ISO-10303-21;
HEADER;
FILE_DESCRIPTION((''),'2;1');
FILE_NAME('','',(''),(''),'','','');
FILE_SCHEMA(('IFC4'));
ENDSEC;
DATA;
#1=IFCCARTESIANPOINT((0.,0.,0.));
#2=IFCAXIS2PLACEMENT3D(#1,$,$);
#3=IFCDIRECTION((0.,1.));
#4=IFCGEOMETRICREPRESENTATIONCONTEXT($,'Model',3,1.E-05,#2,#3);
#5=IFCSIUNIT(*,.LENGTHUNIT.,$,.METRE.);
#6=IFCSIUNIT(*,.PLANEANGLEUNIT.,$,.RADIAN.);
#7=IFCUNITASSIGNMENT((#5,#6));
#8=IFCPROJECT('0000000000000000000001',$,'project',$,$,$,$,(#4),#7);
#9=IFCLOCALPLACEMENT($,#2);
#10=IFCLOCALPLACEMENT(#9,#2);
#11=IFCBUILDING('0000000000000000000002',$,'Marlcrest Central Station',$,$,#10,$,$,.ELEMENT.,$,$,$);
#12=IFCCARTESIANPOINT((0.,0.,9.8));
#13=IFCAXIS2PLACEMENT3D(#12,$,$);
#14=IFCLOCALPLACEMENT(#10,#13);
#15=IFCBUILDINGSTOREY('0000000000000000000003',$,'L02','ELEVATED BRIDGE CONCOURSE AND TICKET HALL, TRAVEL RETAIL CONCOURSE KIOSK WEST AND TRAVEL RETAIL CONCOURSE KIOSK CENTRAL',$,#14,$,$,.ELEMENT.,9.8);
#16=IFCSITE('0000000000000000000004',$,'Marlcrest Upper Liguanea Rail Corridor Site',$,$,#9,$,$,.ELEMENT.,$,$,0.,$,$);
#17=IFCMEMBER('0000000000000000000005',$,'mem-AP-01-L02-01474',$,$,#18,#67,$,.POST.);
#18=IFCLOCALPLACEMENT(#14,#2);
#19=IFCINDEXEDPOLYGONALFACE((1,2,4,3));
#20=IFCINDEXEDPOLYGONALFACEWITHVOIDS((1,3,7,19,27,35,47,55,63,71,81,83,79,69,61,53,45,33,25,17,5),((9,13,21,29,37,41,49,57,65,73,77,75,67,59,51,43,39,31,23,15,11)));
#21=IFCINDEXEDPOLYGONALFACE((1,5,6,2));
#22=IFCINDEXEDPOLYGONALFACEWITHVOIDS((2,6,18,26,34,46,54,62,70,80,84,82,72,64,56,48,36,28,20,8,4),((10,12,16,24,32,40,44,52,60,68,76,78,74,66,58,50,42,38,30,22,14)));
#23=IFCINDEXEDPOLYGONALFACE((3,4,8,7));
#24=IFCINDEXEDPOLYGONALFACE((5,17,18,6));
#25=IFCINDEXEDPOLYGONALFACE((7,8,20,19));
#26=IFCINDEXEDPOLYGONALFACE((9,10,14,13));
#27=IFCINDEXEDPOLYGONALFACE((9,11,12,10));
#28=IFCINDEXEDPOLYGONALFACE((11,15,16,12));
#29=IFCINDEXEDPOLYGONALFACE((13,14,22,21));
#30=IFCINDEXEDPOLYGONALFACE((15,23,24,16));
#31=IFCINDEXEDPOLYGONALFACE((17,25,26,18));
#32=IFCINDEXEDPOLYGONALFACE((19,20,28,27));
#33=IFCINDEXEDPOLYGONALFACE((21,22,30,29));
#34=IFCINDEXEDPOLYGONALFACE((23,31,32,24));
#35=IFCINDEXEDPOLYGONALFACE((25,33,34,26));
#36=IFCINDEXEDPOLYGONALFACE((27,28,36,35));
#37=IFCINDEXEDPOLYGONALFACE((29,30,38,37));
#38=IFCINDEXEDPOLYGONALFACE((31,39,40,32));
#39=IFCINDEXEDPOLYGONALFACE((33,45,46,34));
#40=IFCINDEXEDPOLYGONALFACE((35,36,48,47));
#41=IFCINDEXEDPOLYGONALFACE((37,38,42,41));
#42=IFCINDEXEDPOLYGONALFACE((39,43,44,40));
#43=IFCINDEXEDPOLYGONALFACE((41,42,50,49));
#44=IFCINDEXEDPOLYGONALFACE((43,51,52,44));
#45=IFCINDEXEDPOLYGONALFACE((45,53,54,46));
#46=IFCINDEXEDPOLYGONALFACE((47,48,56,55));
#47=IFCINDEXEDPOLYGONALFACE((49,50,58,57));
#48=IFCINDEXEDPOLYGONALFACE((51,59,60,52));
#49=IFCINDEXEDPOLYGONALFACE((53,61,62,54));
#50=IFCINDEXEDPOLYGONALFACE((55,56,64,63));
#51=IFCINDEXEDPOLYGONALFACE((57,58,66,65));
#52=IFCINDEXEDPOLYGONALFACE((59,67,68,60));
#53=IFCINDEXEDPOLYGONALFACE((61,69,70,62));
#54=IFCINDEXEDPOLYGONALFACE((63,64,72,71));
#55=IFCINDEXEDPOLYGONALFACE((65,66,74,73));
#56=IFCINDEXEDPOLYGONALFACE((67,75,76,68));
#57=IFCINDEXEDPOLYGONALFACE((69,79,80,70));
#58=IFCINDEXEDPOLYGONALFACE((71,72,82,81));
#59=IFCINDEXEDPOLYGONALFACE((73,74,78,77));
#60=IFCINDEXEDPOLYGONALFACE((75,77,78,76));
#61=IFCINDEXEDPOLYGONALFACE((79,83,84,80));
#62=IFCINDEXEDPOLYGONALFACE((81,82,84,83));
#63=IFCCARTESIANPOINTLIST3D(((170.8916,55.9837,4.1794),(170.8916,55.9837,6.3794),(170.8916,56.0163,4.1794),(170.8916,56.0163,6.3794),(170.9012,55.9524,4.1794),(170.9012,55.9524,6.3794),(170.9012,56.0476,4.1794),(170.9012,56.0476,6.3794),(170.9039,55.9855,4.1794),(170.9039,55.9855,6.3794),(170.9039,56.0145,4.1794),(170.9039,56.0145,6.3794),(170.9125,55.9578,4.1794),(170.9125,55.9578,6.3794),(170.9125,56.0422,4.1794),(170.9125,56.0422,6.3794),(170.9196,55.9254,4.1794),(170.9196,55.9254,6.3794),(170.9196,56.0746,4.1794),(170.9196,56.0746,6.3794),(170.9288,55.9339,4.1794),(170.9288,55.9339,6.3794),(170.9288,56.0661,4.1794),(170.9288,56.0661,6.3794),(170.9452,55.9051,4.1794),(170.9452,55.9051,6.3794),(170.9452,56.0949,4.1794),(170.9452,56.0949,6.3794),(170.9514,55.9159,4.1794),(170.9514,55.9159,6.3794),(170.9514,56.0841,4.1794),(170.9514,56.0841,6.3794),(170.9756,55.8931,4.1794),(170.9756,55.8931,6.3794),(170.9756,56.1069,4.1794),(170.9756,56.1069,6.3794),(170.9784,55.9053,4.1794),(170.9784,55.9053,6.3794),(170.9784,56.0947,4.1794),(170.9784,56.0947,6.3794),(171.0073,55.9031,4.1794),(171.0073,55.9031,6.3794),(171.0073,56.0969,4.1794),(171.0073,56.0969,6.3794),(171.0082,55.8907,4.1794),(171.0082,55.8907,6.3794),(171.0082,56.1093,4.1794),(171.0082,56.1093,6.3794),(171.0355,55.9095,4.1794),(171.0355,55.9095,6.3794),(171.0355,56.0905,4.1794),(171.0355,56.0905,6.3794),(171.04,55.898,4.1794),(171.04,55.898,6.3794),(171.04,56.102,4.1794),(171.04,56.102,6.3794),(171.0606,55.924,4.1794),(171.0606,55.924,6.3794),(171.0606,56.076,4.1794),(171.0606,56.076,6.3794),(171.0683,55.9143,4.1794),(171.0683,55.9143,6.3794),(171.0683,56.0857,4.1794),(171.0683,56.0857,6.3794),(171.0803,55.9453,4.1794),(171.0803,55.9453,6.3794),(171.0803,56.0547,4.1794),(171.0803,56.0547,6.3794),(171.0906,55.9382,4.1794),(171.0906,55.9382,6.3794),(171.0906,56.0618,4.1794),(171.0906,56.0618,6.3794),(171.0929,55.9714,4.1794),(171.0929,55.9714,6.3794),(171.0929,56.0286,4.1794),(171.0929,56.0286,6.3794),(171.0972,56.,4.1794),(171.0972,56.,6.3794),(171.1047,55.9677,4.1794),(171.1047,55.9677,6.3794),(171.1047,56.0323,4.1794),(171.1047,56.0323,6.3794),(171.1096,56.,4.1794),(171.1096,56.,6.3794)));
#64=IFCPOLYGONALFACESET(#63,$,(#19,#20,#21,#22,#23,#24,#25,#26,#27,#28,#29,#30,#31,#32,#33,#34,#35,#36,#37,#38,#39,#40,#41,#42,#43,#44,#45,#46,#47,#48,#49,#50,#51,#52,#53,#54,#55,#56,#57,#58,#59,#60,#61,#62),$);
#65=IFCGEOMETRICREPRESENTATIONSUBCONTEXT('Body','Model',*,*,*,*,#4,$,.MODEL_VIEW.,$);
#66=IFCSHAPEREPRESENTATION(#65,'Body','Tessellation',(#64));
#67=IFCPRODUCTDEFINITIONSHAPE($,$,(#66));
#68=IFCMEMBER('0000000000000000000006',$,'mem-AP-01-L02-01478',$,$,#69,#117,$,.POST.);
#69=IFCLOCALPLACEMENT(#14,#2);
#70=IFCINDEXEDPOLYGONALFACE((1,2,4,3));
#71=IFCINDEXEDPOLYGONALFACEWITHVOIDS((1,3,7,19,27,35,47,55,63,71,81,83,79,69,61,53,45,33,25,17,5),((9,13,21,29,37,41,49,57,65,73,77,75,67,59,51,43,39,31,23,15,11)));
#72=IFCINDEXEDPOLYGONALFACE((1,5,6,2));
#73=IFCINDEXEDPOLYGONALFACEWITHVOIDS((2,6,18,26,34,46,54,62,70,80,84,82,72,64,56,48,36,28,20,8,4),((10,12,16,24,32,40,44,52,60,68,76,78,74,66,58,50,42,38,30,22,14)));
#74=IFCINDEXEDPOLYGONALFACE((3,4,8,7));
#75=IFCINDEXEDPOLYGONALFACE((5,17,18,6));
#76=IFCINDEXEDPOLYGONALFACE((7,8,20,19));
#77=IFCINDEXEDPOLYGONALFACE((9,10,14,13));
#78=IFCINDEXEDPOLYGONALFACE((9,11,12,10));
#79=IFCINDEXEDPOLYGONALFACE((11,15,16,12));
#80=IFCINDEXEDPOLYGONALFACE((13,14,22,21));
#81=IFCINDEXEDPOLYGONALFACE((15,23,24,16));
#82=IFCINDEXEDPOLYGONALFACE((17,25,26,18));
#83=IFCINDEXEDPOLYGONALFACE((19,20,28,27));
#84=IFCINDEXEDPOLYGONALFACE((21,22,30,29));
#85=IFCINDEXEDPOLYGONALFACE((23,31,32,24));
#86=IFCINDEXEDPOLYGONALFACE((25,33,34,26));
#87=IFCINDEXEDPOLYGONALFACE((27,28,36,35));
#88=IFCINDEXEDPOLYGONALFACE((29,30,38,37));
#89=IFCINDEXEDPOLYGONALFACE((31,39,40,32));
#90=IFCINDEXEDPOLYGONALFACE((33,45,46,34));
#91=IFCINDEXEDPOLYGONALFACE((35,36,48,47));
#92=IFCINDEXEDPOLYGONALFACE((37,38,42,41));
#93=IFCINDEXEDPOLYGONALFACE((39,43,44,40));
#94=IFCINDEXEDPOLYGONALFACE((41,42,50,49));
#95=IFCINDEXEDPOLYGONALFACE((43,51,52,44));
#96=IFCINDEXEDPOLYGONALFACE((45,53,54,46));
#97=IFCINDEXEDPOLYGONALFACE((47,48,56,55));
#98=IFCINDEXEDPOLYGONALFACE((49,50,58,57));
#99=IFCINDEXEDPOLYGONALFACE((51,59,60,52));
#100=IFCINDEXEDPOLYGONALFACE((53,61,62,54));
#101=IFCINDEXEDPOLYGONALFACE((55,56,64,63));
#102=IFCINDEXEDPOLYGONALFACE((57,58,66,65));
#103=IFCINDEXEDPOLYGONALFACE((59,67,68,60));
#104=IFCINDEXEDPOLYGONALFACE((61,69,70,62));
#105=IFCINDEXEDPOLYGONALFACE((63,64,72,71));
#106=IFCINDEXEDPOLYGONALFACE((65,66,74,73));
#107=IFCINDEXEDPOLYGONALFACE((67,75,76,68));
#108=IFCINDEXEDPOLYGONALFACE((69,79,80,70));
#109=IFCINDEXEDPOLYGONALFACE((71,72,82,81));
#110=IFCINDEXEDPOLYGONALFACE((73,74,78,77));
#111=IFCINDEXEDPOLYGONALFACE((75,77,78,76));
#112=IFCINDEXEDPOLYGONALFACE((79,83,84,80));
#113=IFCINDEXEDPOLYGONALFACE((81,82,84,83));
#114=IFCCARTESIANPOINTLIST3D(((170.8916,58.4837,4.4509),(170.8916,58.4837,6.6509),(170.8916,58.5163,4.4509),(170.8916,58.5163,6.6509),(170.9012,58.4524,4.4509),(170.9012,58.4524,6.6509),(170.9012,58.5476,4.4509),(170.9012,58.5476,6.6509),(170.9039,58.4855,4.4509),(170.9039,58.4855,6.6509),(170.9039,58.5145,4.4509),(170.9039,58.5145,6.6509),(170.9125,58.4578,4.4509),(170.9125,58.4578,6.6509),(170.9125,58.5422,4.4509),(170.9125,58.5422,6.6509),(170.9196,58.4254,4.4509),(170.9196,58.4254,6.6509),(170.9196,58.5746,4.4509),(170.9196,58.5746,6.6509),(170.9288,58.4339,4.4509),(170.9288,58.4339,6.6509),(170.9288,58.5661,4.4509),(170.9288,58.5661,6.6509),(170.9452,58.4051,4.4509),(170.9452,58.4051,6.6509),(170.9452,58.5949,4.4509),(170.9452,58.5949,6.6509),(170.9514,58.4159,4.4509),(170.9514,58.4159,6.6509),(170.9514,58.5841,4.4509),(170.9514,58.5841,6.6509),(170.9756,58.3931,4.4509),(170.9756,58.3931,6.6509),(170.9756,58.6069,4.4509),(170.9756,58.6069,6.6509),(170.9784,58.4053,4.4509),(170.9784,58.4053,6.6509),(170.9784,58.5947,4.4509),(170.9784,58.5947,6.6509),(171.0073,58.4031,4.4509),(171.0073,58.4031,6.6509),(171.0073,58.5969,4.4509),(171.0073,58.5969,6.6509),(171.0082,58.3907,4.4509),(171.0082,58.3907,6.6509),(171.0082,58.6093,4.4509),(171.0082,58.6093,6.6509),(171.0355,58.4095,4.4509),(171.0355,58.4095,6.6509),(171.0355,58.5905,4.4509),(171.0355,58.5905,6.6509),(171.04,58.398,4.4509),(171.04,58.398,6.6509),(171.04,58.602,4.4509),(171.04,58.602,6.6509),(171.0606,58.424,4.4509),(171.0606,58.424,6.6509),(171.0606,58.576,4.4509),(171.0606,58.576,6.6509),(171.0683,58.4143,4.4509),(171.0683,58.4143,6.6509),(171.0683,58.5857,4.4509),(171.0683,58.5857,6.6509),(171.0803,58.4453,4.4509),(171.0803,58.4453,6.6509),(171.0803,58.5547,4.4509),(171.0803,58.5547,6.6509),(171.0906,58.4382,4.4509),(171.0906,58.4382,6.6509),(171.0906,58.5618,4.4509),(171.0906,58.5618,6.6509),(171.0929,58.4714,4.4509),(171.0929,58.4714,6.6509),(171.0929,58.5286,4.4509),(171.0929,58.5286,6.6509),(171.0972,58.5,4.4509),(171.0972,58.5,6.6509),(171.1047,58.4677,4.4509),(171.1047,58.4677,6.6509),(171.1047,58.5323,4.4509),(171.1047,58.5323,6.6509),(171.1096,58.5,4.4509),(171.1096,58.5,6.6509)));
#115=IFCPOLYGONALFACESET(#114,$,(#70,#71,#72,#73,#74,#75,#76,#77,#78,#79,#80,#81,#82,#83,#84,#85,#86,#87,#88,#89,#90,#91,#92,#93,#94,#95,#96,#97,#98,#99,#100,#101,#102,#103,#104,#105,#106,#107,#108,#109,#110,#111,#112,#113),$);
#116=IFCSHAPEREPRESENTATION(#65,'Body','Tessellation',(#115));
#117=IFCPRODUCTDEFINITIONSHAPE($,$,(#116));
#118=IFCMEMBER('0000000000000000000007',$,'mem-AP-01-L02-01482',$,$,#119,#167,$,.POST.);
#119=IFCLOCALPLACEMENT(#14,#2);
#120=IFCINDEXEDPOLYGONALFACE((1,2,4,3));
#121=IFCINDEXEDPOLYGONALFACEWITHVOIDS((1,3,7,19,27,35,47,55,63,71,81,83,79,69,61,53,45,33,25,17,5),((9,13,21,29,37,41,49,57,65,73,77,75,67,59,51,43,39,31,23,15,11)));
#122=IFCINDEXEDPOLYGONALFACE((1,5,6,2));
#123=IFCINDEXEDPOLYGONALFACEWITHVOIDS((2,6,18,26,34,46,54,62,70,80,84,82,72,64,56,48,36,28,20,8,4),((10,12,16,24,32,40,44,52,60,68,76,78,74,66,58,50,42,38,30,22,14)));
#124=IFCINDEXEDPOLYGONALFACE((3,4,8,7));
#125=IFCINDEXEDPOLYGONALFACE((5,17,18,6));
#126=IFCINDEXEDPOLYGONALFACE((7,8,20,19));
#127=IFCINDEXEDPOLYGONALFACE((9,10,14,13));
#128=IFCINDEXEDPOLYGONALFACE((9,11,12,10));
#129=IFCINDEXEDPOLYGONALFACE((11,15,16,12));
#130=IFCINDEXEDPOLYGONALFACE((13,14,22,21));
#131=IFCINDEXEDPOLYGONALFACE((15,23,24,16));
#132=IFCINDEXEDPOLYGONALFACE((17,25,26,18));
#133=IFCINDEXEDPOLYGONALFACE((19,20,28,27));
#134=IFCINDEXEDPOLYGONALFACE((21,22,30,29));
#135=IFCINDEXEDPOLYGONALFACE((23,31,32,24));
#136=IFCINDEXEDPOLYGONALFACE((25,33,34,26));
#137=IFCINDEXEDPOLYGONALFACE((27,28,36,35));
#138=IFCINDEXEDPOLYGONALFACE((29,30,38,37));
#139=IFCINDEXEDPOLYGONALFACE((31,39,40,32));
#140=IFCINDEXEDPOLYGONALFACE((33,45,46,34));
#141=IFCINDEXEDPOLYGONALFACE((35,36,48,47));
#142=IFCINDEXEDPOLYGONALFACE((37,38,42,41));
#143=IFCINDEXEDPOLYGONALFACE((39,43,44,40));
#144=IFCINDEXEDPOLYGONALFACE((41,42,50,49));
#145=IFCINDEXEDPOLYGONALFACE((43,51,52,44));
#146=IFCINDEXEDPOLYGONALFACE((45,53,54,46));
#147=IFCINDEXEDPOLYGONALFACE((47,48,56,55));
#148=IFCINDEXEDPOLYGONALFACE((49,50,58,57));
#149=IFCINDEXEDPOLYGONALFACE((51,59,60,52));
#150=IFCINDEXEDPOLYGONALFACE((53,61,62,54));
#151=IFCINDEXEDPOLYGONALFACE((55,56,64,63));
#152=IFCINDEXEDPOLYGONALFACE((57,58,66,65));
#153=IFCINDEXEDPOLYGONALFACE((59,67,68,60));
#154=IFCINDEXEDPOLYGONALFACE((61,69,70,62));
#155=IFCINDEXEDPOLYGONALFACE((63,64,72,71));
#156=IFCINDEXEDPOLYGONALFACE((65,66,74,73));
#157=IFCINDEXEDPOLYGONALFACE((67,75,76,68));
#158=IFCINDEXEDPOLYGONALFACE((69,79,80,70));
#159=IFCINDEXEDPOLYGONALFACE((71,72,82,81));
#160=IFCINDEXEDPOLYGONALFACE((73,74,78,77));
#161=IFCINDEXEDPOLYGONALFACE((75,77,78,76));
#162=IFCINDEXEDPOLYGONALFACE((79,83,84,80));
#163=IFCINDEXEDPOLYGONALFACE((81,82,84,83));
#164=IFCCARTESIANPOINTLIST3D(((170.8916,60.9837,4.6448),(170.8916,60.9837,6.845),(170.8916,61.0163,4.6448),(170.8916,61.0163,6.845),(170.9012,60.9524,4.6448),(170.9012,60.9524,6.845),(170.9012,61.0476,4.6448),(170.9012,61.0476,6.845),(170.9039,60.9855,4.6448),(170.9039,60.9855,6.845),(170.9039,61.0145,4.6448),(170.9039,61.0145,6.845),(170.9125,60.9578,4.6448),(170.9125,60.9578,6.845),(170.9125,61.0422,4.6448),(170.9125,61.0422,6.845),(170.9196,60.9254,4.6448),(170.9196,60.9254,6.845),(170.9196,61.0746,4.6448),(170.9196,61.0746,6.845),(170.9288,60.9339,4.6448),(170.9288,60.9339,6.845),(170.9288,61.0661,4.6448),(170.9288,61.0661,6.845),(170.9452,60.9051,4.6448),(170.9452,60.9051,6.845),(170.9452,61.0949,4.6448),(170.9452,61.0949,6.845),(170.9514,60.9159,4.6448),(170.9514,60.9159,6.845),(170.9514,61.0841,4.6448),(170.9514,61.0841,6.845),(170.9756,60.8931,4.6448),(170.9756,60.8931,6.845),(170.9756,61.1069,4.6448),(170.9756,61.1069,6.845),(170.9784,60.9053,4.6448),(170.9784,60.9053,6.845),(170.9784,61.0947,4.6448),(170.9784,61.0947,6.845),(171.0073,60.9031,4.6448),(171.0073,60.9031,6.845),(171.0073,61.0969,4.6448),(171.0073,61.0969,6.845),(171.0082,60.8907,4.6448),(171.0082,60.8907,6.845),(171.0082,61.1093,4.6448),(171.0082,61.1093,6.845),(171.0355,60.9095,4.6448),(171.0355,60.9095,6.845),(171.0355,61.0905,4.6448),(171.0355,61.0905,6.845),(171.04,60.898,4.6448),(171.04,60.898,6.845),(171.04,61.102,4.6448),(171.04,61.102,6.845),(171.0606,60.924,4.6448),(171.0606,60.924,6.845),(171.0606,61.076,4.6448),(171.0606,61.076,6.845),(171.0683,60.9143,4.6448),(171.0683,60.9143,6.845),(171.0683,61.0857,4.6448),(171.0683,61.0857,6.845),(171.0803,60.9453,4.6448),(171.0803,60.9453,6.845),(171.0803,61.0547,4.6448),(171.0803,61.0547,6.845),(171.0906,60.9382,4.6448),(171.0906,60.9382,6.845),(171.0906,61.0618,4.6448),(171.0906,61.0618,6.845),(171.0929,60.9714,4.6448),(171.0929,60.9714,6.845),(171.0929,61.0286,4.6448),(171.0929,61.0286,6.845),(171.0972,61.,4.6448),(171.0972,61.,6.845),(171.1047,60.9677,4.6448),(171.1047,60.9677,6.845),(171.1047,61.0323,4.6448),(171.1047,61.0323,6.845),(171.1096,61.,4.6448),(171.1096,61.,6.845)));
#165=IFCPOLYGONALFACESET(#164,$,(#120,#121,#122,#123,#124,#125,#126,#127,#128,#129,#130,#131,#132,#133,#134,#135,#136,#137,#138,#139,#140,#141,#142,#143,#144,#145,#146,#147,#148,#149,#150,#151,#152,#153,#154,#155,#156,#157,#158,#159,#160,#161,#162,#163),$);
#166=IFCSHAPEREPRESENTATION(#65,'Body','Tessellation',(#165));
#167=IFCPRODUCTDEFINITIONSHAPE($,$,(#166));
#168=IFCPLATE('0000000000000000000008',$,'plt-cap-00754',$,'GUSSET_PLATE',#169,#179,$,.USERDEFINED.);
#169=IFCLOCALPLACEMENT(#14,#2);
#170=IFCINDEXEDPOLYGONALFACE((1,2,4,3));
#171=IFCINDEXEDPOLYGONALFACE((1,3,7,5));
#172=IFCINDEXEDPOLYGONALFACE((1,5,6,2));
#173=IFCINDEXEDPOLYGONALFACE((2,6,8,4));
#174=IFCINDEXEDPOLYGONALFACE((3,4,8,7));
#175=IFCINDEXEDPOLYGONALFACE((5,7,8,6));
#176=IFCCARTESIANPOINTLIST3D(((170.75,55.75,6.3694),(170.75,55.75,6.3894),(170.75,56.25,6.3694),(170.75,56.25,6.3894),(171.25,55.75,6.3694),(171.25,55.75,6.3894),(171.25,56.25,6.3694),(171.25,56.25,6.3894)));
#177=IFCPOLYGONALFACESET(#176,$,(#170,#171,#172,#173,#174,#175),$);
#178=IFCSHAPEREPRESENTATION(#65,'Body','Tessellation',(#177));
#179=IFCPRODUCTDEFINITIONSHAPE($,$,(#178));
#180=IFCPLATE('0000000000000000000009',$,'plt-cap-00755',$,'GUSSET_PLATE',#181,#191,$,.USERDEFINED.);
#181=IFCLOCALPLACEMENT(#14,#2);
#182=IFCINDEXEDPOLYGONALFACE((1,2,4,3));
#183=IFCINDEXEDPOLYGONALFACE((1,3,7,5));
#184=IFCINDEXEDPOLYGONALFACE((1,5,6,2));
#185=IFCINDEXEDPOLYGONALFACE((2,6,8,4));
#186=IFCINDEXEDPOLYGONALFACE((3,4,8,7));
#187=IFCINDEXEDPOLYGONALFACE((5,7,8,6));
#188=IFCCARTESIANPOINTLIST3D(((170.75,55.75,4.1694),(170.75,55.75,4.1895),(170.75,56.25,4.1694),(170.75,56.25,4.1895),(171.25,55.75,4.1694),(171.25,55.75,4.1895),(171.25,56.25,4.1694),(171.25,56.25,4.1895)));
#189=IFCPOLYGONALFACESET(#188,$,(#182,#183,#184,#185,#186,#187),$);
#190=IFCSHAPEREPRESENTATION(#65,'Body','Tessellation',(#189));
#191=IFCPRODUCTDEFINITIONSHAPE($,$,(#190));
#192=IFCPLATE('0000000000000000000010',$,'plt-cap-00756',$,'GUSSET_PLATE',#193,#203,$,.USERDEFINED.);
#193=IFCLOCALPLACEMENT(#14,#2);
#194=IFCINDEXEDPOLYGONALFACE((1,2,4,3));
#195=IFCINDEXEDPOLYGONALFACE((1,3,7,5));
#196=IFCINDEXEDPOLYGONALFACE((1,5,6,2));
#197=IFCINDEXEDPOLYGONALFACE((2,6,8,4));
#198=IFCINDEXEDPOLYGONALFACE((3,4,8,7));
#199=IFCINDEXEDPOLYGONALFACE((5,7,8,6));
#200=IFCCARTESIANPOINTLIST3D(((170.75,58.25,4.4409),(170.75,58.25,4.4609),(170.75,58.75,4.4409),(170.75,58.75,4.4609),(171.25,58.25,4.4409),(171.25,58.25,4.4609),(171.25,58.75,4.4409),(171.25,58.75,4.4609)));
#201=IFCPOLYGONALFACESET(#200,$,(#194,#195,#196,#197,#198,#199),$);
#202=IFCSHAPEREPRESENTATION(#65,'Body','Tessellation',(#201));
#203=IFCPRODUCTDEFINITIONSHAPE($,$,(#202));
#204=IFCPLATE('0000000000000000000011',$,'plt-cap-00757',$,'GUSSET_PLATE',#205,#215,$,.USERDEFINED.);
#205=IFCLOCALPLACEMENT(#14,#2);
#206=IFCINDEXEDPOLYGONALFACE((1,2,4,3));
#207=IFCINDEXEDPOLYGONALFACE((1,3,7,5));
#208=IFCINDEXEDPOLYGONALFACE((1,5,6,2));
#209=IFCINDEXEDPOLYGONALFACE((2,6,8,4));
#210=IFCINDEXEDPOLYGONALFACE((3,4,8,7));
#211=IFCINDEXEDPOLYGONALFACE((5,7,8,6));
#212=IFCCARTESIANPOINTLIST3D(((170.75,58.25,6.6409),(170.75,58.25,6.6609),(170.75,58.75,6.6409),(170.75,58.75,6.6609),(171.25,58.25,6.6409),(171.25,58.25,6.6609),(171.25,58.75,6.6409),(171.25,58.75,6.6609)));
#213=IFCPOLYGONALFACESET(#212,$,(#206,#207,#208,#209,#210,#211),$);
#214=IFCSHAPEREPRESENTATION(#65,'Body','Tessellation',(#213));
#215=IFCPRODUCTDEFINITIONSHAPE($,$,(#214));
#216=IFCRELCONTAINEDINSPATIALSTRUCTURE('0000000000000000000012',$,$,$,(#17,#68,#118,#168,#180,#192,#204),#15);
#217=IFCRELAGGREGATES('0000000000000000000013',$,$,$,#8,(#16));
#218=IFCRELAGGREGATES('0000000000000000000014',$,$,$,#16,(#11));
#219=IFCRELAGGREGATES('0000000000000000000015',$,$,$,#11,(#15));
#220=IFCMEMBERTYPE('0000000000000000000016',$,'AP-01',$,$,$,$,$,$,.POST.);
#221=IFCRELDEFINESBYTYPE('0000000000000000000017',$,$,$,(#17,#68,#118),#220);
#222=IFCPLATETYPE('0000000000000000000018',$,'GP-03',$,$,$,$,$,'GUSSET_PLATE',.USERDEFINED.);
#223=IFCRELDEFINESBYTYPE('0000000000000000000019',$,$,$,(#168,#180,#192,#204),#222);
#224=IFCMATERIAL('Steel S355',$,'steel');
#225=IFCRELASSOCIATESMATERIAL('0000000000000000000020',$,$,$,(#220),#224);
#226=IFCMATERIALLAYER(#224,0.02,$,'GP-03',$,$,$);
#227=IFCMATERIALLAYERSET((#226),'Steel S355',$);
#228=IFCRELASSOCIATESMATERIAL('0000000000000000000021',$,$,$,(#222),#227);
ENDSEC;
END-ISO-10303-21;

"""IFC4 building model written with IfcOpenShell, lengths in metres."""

from ifc_helpers import new_model, si_unit, direction, frame, origin, origin_2d, place, context, subcontext, project, spatial, rectangle, hollow_circle, extrude, material, layer, layer_set, material_profile, profile_set, type_object, element, save


model = new_model("IFC4")

# Units and contexts
model_context = context("Model", 3, precision=1e-05, world=origin(), true_north=direction((0.0, 1.0)))
body_context = subcontext(model_context, "Body", "Model", "MODEL_VIEW")
ifc_project = project(units=[si_unit("LENGTHUNIT", "METRE"), si_unit("PLANEANGLEUNIT", "RADIAN")], contexts=[model_context])

# Site, building, storey
site_placement = place(None, origin())
site = spatial("IfcSite", under=ifc_project, at=site_placement, Name="Marlcrest Upper Liguanea Rail Corridor Site", CompositionType="ELEMENT", RefElevation=0.0)
building_placement = place(site_placement, origin())
building = spatial("IfcBuilding", under=site, at=building_placement, Name="Marlcrest Central Station", CompositionType="ELEMENT")
storey_placement = place(building_placement, frame((0.0, 0.0, 9.8)))
storey = spatial("IfcBuildingStorey", under=building, at=storey_placement, Name="L02", Description="ELEVATED BRIDGE CONCOURSE AND TICKET HALL, TRAVEL RETAIL CONCOURSE KIOSK WEST AND TRAVEL RETAIL CONCOURSE KIOSK CENTRAL", CompositionType="ELEMENT", Elevation=9.8)

# Members
ifc_material = material(Name="Steel S355", Category="steel")
ifc_material_profile_1 = material_profile(ifc_material, hollow_circle(Radius=0.1096, WallThickness=0.0125, at=origin_2d()), Name="CHS 219.1x12.5")
ifc_profile_set_1 = profile_set([ifc_material_profile_1], Name="Steel S355")
member_type_1 = type_object("IfcMemberType", Name="AP-01", PredefinedType="POST", material=ifc_profile_set_1)
for number, where, z_axis, x_axis, name in (
    (1, (171.0, 56.0, 4.1794), (0.0, 0.0, 1.0), (1.0, 0.0, 0.0), "mem-AP-01-L02-01474"),
    (2, (171.0, 58.5, 4.4509), (0.0, 0.0, 1.0), (1.0, 0.0, 0.0), "mem-AP-01-L02-01478"),
):
    element("IfcMember", number, at=place(storey_placement, frame(where, z_axis=z_axis, x_axis=x_axis)), inside=storey, type_object=member_type_1, Name=name, PredefinedType="POST", context=body_context, shape_type="SweptSolid", body=[
        extrude(hollow_circle(Radius=0.1096, WallThickness=0.0125, at=origin_2d()), origin(), (0.0, 0.0, 1.0), 2.2),
    ])
member_1_placement = place(storey_placement, frame((171.0, 61.0, 4.6448), z_axis=(0.0, 0.0, 1.0), x_axis=(1.0, 0.0, 0.0)))
element("IfcMember", 3, at=member_1_placement, inside=storey, type_object=member_type_1, Name="mem-AP-01-L02-01482", PredefinedType="POST", context=body_context, shape_type="SweptSolid", body=[
    extrude(hollow_circle(Radius=0.1096, WallThickness=0.0125, at=origin_2d()), origin(), (0.0, 0.0, 1.0), 2.2002),
])

# Plates
ifc_layer = layer(ifc_material, 0.02, Name="GP-03")
ifc_layer_set = layer_set([ifc_layer], Name="Steel S355")
plate_type = type_object("IfcPlateType", Name="GP-03", ElementType="GUSSET_PLATE", PredefinedType="USERDEFINED", material=ifc_layer_set)
for number, where, z_axis, x_axis, name in (
    (4, (171.0, 56.0, 6.3694), (0.0, 0.0, 1.0), (1.0, 0.0, 0.0), "plt-cap-00754"),
    (5, (171.0, 56.0, 4.1694), (0.0, 0.0, 1.0), (1.0, 0.0, 0.0), "plt-cap-00755"),
    (6, (171.0, 58.5, 4.4409), (0.0, 0.0, 1.0), (1.0, 0.0, 0.0), "plt-cap-00756"),
    (7, (171.0, 58.5, 6.6409), (0.0, 0.0, 1.0), (1.0, 0.0, 0.0), "plt-cap-00757"),
):
    element("IfcPlate", number, at=place(storey_placement, frame(where, z_axis=z_axis, x_axis=x_axis)), inside=storey, type_object=plate_type, Name=name, ObjectType="GUSSET_PLATE", PredefinedType="USERDEFINED", context=body_context, shape_type="SweptSolid", body=[
        extrude(rectangle(XDim=0.5, YDim=0.5, at=origin_2d()), origin(), (0.0, 0.0, 1.0), 0.02),
    ])

save(model, "model.ifc")
